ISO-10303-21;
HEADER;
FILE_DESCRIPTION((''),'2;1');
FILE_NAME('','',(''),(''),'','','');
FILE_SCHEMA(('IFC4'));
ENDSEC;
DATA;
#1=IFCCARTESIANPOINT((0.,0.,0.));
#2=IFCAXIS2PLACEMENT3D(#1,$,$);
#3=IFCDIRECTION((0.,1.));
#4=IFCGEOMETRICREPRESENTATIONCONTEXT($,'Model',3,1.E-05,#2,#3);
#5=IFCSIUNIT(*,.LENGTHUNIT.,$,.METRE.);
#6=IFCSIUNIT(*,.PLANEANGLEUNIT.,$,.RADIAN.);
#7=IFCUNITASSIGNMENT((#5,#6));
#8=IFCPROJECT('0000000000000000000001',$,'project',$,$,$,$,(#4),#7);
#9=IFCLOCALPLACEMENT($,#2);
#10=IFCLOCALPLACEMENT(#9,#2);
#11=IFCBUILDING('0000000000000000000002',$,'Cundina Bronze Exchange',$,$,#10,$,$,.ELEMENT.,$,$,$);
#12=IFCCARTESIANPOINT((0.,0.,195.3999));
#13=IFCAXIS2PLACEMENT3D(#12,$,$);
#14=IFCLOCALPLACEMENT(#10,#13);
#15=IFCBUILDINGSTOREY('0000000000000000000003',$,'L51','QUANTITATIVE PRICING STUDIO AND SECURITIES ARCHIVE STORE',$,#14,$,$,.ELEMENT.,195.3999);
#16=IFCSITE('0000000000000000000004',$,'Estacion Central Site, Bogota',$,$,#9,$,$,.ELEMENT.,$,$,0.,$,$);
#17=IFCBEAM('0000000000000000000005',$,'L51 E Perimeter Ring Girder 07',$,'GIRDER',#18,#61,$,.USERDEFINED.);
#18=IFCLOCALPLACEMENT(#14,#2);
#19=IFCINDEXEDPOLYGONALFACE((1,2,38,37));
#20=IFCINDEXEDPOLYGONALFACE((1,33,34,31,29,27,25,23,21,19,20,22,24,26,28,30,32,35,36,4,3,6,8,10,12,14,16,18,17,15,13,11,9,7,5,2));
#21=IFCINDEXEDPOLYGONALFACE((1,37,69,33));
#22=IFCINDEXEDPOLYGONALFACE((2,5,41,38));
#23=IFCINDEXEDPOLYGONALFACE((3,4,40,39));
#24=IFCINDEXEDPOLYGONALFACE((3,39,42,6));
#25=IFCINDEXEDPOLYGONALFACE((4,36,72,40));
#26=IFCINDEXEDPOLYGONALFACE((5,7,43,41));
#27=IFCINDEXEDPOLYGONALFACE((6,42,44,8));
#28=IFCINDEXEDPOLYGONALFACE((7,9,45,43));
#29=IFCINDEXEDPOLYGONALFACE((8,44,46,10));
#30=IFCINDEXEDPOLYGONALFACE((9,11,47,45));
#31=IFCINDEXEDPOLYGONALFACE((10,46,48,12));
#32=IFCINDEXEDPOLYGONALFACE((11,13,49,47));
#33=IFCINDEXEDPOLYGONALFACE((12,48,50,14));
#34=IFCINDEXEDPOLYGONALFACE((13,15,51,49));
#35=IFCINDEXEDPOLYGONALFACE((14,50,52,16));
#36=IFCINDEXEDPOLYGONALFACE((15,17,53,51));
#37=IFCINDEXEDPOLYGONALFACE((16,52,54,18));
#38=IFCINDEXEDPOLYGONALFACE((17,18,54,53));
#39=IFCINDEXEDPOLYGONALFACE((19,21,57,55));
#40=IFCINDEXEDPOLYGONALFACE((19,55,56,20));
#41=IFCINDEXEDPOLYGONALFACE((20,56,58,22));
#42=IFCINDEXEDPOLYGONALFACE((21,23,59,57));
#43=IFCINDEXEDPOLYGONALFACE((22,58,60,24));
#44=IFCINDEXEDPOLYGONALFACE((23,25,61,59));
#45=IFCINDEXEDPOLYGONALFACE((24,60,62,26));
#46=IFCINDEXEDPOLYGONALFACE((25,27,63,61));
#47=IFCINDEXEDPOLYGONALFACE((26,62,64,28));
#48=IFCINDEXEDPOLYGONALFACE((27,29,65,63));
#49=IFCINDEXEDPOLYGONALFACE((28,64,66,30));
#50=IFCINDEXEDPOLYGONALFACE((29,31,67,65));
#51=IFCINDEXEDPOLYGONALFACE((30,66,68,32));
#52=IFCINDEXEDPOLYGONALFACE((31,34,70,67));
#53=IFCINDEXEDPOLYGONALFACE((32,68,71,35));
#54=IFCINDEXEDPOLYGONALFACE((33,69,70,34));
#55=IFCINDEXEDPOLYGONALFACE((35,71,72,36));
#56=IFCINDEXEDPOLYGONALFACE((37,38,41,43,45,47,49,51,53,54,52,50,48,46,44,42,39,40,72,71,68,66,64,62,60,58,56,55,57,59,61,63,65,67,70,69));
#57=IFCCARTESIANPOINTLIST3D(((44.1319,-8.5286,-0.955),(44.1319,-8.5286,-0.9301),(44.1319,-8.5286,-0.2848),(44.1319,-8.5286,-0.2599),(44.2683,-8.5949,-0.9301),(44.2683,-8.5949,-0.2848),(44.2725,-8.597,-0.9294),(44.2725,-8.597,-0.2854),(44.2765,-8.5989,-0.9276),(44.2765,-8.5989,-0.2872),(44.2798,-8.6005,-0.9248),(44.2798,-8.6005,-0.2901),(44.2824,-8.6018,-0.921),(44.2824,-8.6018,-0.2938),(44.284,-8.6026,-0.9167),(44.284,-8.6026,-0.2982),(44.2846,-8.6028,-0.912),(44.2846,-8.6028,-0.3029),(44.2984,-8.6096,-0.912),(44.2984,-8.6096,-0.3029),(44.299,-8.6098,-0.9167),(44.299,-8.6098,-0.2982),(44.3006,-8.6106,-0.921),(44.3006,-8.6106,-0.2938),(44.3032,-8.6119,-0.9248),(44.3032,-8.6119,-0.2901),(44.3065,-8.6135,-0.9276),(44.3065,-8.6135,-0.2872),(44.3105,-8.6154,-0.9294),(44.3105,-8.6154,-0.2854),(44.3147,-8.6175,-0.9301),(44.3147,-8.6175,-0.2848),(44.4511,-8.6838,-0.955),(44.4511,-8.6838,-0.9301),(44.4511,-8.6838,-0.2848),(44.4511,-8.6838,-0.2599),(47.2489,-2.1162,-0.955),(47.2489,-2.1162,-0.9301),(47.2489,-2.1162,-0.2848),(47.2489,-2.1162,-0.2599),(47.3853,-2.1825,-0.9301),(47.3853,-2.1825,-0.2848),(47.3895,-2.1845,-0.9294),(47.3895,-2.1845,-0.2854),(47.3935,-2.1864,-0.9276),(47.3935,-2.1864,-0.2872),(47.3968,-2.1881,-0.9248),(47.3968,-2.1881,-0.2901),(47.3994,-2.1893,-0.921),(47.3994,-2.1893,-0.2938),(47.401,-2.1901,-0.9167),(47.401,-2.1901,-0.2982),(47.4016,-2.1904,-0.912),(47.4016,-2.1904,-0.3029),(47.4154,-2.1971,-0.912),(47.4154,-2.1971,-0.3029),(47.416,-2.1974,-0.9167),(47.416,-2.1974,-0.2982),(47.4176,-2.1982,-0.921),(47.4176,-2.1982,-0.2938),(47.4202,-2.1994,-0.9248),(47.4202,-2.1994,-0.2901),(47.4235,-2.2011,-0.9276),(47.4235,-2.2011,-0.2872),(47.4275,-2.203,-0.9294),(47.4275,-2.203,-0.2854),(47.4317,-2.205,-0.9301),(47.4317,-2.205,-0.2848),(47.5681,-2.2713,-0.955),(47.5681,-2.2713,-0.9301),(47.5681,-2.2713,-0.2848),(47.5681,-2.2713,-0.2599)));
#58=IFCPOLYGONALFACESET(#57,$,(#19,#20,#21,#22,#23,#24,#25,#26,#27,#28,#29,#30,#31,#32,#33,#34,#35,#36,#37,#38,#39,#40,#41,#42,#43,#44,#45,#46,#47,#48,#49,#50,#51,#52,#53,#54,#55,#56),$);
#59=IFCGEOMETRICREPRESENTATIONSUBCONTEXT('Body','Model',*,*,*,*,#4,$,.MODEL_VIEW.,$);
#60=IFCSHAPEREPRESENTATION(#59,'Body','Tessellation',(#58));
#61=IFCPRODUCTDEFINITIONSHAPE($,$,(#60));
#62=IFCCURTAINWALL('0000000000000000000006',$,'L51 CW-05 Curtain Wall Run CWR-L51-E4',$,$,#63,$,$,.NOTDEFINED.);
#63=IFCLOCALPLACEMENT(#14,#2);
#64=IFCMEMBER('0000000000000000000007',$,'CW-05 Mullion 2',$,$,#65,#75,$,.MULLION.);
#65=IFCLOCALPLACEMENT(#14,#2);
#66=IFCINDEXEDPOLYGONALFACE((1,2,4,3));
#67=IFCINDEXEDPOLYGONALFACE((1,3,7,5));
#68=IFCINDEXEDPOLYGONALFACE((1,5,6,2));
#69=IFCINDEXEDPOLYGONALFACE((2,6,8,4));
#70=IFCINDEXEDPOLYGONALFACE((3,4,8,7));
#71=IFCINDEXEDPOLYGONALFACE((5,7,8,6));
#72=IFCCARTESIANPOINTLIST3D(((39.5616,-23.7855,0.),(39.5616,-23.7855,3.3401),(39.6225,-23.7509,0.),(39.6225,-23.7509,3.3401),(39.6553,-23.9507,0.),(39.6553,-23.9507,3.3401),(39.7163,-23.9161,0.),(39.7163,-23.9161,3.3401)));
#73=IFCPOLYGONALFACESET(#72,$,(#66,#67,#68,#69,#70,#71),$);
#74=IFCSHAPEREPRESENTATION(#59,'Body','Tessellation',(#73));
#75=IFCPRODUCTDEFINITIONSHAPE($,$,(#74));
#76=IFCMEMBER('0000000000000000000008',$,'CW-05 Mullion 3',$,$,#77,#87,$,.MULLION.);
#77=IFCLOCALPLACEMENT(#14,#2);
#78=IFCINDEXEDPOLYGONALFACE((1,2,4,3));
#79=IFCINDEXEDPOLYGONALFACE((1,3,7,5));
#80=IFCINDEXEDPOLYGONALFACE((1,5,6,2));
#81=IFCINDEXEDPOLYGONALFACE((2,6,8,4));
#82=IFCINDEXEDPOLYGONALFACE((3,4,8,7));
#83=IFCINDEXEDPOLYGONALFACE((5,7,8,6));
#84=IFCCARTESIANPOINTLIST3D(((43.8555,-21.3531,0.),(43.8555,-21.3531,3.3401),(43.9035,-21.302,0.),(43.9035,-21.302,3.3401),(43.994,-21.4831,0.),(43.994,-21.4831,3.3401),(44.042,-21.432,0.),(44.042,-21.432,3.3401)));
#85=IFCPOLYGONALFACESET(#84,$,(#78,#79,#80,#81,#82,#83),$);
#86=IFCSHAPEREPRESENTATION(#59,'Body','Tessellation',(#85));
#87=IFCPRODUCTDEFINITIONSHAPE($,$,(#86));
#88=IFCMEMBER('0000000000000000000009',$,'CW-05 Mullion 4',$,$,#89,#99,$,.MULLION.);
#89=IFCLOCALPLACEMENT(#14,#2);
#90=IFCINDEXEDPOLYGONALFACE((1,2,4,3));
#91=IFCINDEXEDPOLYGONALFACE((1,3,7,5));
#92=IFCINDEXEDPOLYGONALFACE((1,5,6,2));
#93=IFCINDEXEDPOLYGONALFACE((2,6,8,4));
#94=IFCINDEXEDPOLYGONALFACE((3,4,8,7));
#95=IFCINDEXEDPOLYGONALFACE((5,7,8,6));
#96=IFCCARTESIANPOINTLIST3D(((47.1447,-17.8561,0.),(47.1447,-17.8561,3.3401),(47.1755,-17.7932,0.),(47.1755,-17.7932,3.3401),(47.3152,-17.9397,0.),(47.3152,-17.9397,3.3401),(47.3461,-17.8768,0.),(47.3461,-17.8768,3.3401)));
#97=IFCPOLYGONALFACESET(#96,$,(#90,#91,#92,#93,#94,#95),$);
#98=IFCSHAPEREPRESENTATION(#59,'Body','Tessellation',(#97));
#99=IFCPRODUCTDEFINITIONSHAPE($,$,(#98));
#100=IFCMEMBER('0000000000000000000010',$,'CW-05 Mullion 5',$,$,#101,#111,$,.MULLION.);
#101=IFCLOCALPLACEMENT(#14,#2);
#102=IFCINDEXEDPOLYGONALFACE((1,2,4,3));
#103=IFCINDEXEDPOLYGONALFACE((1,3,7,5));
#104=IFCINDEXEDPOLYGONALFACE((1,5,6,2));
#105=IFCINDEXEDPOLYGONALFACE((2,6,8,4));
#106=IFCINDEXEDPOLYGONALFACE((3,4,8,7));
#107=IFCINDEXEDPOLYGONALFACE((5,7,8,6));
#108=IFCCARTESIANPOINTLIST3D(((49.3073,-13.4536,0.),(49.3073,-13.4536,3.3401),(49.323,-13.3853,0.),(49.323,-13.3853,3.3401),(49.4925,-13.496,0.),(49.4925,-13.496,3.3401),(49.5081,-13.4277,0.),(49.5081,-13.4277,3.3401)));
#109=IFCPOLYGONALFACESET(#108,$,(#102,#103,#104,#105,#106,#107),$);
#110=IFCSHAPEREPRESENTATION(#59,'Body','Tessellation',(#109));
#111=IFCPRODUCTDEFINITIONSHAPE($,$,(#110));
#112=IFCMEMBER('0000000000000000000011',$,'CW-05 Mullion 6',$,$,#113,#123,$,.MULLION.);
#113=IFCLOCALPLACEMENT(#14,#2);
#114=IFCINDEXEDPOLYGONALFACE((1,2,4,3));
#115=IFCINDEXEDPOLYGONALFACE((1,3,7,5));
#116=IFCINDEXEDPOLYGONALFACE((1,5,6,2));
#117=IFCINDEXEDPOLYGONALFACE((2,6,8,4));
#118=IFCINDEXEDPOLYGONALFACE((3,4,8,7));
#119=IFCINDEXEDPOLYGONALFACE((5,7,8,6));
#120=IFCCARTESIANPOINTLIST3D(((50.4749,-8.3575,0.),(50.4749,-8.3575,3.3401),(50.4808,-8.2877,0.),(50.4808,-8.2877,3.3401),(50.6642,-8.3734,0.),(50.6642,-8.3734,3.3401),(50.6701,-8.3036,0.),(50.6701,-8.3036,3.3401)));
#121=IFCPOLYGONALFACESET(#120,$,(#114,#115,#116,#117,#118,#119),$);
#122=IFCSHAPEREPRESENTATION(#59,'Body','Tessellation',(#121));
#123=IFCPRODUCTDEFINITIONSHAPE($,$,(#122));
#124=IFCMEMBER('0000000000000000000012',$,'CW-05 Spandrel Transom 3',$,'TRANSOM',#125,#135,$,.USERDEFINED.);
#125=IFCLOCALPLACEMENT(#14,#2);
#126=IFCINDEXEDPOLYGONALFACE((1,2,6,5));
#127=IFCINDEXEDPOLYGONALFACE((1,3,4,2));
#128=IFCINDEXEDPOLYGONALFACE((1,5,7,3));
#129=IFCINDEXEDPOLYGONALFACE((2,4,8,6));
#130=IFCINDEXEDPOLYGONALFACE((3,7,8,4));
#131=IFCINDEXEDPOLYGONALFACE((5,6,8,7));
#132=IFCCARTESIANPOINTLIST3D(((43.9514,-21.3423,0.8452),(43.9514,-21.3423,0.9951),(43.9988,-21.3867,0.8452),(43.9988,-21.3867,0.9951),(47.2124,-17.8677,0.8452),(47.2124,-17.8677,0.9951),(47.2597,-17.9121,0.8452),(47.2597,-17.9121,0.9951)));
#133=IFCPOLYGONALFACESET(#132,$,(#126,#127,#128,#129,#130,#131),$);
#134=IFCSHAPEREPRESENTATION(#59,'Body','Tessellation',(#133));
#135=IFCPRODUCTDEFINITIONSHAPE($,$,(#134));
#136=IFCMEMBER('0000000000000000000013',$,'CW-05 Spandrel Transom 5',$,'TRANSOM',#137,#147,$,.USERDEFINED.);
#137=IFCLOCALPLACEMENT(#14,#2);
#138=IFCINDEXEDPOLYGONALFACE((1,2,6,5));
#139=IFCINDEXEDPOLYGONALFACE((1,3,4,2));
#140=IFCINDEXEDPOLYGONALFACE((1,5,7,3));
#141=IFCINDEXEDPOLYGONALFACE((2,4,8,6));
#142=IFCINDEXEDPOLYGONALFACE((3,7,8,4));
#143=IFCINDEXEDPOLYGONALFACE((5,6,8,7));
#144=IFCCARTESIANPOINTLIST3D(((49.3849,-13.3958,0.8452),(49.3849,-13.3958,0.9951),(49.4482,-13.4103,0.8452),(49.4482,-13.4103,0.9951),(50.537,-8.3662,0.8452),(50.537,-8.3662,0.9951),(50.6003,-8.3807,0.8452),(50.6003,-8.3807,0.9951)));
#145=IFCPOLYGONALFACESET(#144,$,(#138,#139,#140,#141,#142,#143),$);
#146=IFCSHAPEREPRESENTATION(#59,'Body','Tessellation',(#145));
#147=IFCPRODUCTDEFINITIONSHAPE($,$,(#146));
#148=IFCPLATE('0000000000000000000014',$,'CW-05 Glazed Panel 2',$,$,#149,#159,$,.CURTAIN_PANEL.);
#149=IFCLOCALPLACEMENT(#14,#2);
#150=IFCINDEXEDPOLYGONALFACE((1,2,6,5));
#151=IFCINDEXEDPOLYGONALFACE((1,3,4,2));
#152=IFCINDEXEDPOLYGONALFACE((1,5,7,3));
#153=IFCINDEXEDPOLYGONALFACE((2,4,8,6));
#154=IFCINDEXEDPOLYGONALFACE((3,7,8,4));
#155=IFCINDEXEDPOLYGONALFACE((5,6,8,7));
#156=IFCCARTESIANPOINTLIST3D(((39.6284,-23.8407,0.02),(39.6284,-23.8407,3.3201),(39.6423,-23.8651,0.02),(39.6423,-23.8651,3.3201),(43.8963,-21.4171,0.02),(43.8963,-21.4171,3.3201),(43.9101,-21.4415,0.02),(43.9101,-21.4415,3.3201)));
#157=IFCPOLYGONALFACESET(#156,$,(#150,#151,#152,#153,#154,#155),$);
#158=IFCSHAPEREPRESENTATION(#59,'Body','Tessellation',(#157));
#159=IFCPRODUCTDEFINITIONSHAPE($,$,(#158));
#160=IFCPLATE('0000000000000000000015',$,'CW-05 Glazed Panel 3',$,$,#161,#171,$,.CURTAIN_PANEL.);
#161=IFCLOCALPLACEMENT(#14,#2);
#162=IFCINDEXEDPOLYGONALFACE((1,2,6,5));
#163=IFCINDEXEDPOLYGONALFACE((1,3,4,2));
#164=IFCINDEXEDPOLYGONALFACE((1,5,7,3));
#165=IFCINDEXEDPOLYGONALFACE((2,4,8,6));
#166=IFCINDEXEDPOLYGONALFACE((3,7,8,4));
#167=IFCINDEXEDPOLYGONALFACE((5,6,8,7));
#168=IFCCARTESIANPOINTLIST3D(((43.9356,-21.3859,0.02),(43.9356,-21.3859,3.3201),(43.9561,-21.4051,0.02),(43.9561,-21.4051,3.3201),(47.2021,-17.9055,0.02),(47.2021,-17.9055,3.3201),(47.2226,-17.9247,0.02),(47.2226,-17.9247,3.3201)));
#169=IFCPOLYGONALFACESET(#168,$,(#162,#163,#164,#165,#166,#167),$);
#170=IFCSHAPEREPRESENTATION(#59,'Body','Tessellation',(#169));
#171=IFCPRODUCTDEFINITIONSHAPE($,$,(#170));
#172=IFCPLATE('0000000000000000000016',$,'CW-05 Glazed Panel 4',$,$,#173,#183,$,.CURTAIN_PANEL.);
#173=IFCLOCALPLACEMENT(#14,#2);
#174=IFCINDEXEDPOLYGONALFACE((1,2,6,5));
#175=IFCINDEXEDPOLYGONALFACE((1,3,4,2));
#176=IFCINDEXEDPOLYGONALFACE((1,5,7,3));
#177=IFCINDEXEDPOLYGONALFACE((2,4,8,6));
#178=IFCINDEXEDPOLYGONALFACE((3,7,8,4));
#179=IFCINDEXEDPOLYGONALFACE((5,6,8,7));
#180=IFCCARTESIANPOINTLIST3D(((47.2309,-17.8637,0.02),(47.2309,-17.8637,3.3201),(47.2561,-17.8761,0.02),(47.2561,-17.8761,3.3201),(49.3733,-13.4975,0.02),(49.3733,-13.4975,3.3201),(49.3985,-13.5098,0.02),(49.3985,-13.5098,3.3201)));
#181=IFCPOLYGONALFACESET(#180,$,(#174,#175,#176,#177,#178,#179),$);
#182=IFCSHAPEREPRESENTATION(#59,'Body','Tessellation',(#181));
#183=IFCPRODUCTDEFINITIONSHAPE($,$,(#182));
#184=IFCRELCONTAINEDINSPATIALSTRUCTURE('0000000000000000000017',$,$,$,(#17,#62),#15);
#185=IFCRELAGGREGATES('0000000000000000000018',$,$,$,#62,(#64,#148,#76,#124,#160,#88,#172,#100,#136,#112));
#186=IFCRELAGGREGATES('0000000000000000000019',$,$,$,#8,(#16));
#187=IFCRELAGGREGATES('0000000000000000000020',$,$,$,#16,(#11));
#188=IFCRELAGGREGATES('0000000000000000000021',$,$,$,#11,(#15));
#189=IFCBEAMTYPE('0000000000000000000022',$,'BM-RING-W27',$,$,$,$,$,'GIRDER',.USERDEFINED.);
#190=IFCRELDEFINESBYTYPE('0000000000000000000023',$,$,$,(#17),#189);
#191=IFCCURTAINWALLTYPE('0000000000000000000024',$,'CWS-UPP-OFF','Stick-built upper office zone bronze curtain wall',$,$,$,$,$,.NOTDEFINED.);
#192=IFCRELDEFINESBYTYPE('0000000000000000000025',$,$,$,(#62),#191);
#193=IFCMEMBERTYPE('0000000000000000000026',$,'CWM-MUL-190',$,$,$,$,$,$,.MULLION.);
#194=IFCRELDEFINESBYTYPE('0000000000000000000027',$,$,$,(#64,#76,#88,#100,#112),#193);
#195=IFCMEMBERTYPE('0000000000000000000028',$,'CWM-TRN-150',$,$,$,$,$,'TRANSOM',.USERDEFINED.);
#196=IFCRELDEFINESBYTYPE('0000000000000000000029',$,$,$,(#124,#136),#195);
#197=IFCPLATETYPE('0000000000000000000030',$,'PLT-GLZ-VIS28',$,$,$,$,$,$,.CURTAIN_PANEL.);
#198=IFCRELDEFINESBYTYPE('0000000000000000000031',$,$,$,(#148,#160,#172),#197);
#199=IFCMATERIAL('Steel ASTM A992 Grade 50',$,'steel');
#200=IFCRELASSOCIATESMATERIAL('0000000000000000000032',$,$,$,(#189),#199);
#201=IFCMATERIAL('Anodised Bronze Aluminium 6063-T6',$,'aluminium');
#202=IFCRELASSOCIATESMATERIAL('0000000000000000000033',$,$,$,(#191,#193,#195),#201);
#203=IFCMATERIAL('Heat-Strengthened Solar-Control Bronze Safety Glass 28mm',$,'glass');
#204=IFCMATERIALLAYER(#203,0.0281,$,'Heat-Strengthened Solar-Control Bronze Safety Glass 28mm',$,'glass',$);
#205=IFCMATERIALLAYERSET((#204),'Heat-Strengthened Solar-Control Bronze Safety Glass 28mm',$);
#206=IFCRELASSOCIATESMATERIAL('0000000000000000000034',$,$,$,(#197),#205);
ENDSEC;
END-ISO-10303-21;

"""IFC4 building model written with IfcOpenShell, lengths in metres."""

from ifc_helpers import new_model, si_unit, direction, frame, origin, origin_2d, place, context, subcontext, project, spatial, rectangle, i_section, extrude, material, layer, layer_set, material_profile, profile_set, type_object, element, aggregate, save


model = new_model("IFC4")

# Units and contexts
model_context = context("Model", 3, precision=1e-05, world=origin(), true_north=direction((0.0, 1.0)))
body_context = subcontext(model_context, "Body", "Model", "MODEL_VIEW")
ifc_project = project(units=[si_unit("LENGTHUNIT", "METRE"), si_unit("PLANEANGLEUNIT", "RADIAN")], contexts=[model_context])

# Site, building, storey
site_placement = place(None, origin())
site = spatial("IfcSite", under=ifc_project, at=site_placement, Name="Estacion Central Site, Bogota", CompositionType="ELEMENT", RefElevation=0.0)
building_placement = place(site_placement, origin())
building = spatial("IfcBuilding", under=site, at=building_placement, Name="Cundina Bronze Exchange", CompositionType="ELEMENT")
storey_placement = place(building_placement, frame((0.0, 0.0, 195.3999)))
storey = spatial("IfcBuildingStorey", under=building, at=storey_placement, Name="L51", Description="QUANTITATIVE PRICING STUDIO AND SECURITIES ARCHIVE STORE", CompositionType="ELEMENT", Elevation=195.3999)

# Beam
ifc_material_1 = material(Name="Steel ASTM A992 Grade 50", Category="steel")
ifc_material_profile_1 = material_profile(ifc_material_1, i_section(OverallWidth=0.355, OverallDepth=0.6951, WebThickness=0.0154, FlangeThickness=0.0249, FilletRadius=0.0181, at=origin_2d()), Name="W27X146", Category="steel")
ifc_profile_set_1 = profile_set([ifc_material_profile_1], Name="Steel ASTM A992 Grade 50")
beam_type_1 = type_object("IfcBeamType", Name="BM-RING-W27", ElementType="GIRDER", PredefinedType="USERDEFINED", material=ifc_profile_set_1)
for number, where, z_axis, x_axis, name in (
    (1, (44.2915, -8.6062, -0.6074), (0.437173, 0.899377, 0.0), (-0.899377, 0.437173, 0.0), "L51 E Perimeter Ring Girder 07"),
):
    element("IfcBeam", number, at=place(storey_placement, frame(where, z_axis=z_axis, x_axis=x_axis)), inside=storey, type_object=beam_type_1, Name=name, ObjectType="GIRDER", PredefinedType="USERDEFINED", context=body_context, shape_type="SweptSolid", body=[
        extrude(i_section(OverallWidth=0.355, OverallDepth=0.6951, WebThickness=0.0154, FlangeThickness=0.0249, FilletRadius=0.0181, at=origin_2d()), origin(), (0.0, 0.0, 1.0), 7.1299),
    ])

# Curtain wall, members, plates
ifc_material_2 = material(Name="Anodised Bronze Aluminium 6063-T6", Category="aluminium")
curtain_wall_type = type_object("IfcCurtainWallType", Name="CWS-UPP-OFF", Description="Stick-built upper office zone bronze curtain wall", PredefinedType="NOTDEFINED", material=ifc_material_2)
curtain_wall_placement = place(storey_placement, origin())
curtain_wall = element("IfcCurtainWall", 2, at=curtain_wall_placement, inside=storey, type_object=curtain_wall_type, Name="L51 CW-05 Curtain Wall Run CWR-L51-E4", PredefinedType="NOTDEFINED")
ifc_material_profile_2 = material_profile(ifc_material_2, rectangle(XDim=0.0701, YDim=0.1899, at=origin_2d()), Name="AL70X190", Category="aluminium")
ifc_profile_set_2 = profile_set([ifc_material_profile_2], Name="Anodised Bronze Aluminium 6063-T6")
member_type_1 = type_object("IfcMemberType", Name="CWM-MUL-190", PredefinedType="MULLION", material=ifc_profile_set_2)
member_1_placement = place(storey_placement, frame((39.6389, -23.8508, 0.0), z_axis=(0.0, 0.0, 1.0), x_axis=(0.869581, 0.49379, 0.0)))
member_1 = element("IfcMember", 3, at=member_1_placement, type_object=member_type_1, Name="CW-05 Mullion 2", PredefinedType="MULLION", context=body_context, shape_type="SweptSolid", body=[
    extrude(rectangle(XDim=0.0701, YDim=0.1899, at=origin_2d()), origin(), (0.0, 0.0, 1.0), 3.3401),
])
member_2_placement = place(storey_placement, frame((43.9487, -21.3926, 0.0), z_axis=(0.0, 0.0, 1.0), x_axis=(0.684293, 0.729208, 0.0)))
member_2 = element("IfcMember", 4, at=member_2_placement, type_object=member_type_1, Name="CW-05 Mullion 3", PredefinedType="MULLION", context=body_context, shape_type="SweptSolid", body=[
    extrude(rectangle(XDim=0.0701, YDim=0.1899, at=origin_2d()), origin(), (0.0, 0.0, 1.0), 3.3401),
])
member_3_placement = place(storey_placement, frame((47.2454, -17.8665, 0.0), z_axis=(0.0, 0.0, 1.0), x_axis=(0.440566, 0.89772, 0.0)))
member_3 = element("IfcMember", 5, at=member_3_placement, type_object=member_type_1, Name="CW-05 Mullion 4", PredefinedType="MULLION", context=body_context, shape_type="SweptSolid", body=[
    extrude(rectangle(XDim=0.0701, YDim=0.1899, at=origin_2d()), origin(), (0.0, 0.0, 1.0), 3.3401),
])
member_4_placement = place(storey_placement, frame((49.4077, -13.4407, 0.0), z_axis=(0.0, 0.0, 1.0), x_axis=(0.22325, 0.974761, 0.0)))
member_4 = element("IfcMember", 6, at=member_4_placement, type_object=member_type_1, Name="CW-05 Mullion 5", PredefinedType="MULLION", context=body_context, shape_type="SweptSolid", body=[
    extrude(rectangle(XDim=0.0701, YDim=0.1899, at=origin_2d()), origin(), (0.0, 0.0, 1.0), 3.3401),
])
member_5_placement = place(storey_placement, frame((50.5725, -8.3306, 0.0), z_axis=(0.0, 0.0, 1.0), x_axis=(0.083678, 0.996493, 0.0)))
member_5 = element("IfcMember", 7, at=member_5_placement, type_object=member_type_1, Name="CW-05 Mullion 6", PredefinedType="MULLION", context=body_context, shape_type="SweptSolid", body=[
    extrude(rectangle(XDim=0.0701, YDim=0.1899, at=origin_2d()), origin(), (0.0, 0.0, 1.0), 3.3401),
])
ifc_material_profile_3 = material_profile(ifc_material_2, rectangle(XDim=0.0649, YDim=0.1499, at=origin_2d()), Name="AL65X150", Category="aluminium")
ifc_profile_set_3 = profile_set([ifc_material_profile_3], Name="Anodised Bronze Aluminium 6063-T6")
member_type_2 = type_object("IfcMemberType", Name="CWM-TRN-150", ElementType="TRANSOM", PredefinedType="USERDEFINED", material=ifc_profile_set_3)
member_6_placement = place(storey_placement, frame((43.9751, -21.3645, 0.9202), z_axis=(0.684336, 0.729166, 0.0), x_axis=(-0.729166, 0.684336, 0.0)))
member_6 = element("IfcMember", 8, at=member_6_placement, type_object=member_type_2, Name="CW-05 Spandrel Transom 3", ObjectType="TRANSOM", PredefinedType="USERDEFINED", context=body_context, shape_type="SweptSolid", body=[
    extrude(rectangle(XDim=0.0649, YDim=0.1499, at=origin_2d()), origin(), (0.0, 0.0, 1.0), 4.7651),
])
member_7_placement = place(storey_placement, frame((49.4165, -13.4031, 0.9202), z_axis=(0.223283, 0.974754, 0.0), x_axis=(-0.974754, 0.223283, 0.0)))
member_7 = element("IfcMember", 9, at=member_7_placement, type_object=member_type_2, Name="CW-05 Spandrel Transom 5", ObjectType="TRANSOM", PredefinedType="USERDEFINED", context=body_context, shape_type="SweptSolid", body=[
    extrude(rectangle(XDim=0.0649, YDim=0.1499, at=origin_2d()), origin(), (0.0, 0.0, 1.0), 5.1599),
])
ifc_material_3 = material(Name="Heat-Strengthened Solar-Control Bronze Safety Glass 28mm", Category="glass")
ifc_layer_1 = layer(ifc_material_3, 0.0281, Name="Heat-Strengthened Solar-Control Bronze Safety Glass 28mm", Category="glass")
ifc_layer_set_1 = layer_set([ifc_layer_1], Name="Heat-Strengthened Solar-Control Bronze Safety Glass 28mm")
plate_type_1 = type_object("IfcPlateType", Name="PLT-GLZ-VIS28", PredefinedType="CURTAIN_PANEL", material=ifc_layer_set_1)
plate_1_placement = place(storey_placement, frame((41.7693, -22.6411, 0.02), z_axis=(0.0, 0.0, 1.0), x_axis=(0.869573, 0.493805, 0.0)))
plate_1 = element("IfcPlate", 10, at=plate_1_placement, type_object=plate_type_1, Name="CW-05 Glazed Panel 2", PredefinedType="CURTAIN_PANEL", context=body_context, shape_type="SweptSolid", body=[
    extrude(rectangle(XDim=4.908, YDim=0.0281, at=origin_2d()), origin(), (0.0, 0.0, 1.0), 3.3),
])
plate_2_placement = place(storey_placement, frame((45.5791, -19.6553, 0.02), z_axis=(0.0, 0.0, 1.0), x_axis=(0.684344, 0.72916, 0.0)))
plate_2 = element("IfcPlate", 11, at=plate_2_placement, type_object=plate_type_1, Name="CW-05 Glazed Panel 3", PredefinedType="CURTAIN_PANEL", context=body_context, shape_type="SweptSolid", body=[
    extrude(rectangle(XDim=4.7732, YDim=0.0281, at=origin_2d()), origin(), (0.0, 0.0, 1.0), 3.3),
])
plate_3_placement = place(storey_placement, frame((48.3147, -15.6868, 0.02), z_axis=(0.0, 0.0, 1.0), x_axis=(0.440503, 0.897751, 0.0)))
plate_3 = element("IfcPlate", 12, at=plate_3_placement, type_object=plate_type_1, Name="CW-05 Glazed Panel 4", PredefinedType="CURTAIN_PANEL", context=body_context, shape_type="SweptSolid", body=[
    extrude(rectangle(XDim=4.8635, YDim=0.0281, at=origin_2d()), origin(), (0.0, 0.0, 1.0), 3.3),
])
aggregate(curtain_wall, [member_1, plate_1, member_2, member_6, plate_2, member_3, plate_3, member_4, member_7, member_5])

save(model, "model.ifc")
